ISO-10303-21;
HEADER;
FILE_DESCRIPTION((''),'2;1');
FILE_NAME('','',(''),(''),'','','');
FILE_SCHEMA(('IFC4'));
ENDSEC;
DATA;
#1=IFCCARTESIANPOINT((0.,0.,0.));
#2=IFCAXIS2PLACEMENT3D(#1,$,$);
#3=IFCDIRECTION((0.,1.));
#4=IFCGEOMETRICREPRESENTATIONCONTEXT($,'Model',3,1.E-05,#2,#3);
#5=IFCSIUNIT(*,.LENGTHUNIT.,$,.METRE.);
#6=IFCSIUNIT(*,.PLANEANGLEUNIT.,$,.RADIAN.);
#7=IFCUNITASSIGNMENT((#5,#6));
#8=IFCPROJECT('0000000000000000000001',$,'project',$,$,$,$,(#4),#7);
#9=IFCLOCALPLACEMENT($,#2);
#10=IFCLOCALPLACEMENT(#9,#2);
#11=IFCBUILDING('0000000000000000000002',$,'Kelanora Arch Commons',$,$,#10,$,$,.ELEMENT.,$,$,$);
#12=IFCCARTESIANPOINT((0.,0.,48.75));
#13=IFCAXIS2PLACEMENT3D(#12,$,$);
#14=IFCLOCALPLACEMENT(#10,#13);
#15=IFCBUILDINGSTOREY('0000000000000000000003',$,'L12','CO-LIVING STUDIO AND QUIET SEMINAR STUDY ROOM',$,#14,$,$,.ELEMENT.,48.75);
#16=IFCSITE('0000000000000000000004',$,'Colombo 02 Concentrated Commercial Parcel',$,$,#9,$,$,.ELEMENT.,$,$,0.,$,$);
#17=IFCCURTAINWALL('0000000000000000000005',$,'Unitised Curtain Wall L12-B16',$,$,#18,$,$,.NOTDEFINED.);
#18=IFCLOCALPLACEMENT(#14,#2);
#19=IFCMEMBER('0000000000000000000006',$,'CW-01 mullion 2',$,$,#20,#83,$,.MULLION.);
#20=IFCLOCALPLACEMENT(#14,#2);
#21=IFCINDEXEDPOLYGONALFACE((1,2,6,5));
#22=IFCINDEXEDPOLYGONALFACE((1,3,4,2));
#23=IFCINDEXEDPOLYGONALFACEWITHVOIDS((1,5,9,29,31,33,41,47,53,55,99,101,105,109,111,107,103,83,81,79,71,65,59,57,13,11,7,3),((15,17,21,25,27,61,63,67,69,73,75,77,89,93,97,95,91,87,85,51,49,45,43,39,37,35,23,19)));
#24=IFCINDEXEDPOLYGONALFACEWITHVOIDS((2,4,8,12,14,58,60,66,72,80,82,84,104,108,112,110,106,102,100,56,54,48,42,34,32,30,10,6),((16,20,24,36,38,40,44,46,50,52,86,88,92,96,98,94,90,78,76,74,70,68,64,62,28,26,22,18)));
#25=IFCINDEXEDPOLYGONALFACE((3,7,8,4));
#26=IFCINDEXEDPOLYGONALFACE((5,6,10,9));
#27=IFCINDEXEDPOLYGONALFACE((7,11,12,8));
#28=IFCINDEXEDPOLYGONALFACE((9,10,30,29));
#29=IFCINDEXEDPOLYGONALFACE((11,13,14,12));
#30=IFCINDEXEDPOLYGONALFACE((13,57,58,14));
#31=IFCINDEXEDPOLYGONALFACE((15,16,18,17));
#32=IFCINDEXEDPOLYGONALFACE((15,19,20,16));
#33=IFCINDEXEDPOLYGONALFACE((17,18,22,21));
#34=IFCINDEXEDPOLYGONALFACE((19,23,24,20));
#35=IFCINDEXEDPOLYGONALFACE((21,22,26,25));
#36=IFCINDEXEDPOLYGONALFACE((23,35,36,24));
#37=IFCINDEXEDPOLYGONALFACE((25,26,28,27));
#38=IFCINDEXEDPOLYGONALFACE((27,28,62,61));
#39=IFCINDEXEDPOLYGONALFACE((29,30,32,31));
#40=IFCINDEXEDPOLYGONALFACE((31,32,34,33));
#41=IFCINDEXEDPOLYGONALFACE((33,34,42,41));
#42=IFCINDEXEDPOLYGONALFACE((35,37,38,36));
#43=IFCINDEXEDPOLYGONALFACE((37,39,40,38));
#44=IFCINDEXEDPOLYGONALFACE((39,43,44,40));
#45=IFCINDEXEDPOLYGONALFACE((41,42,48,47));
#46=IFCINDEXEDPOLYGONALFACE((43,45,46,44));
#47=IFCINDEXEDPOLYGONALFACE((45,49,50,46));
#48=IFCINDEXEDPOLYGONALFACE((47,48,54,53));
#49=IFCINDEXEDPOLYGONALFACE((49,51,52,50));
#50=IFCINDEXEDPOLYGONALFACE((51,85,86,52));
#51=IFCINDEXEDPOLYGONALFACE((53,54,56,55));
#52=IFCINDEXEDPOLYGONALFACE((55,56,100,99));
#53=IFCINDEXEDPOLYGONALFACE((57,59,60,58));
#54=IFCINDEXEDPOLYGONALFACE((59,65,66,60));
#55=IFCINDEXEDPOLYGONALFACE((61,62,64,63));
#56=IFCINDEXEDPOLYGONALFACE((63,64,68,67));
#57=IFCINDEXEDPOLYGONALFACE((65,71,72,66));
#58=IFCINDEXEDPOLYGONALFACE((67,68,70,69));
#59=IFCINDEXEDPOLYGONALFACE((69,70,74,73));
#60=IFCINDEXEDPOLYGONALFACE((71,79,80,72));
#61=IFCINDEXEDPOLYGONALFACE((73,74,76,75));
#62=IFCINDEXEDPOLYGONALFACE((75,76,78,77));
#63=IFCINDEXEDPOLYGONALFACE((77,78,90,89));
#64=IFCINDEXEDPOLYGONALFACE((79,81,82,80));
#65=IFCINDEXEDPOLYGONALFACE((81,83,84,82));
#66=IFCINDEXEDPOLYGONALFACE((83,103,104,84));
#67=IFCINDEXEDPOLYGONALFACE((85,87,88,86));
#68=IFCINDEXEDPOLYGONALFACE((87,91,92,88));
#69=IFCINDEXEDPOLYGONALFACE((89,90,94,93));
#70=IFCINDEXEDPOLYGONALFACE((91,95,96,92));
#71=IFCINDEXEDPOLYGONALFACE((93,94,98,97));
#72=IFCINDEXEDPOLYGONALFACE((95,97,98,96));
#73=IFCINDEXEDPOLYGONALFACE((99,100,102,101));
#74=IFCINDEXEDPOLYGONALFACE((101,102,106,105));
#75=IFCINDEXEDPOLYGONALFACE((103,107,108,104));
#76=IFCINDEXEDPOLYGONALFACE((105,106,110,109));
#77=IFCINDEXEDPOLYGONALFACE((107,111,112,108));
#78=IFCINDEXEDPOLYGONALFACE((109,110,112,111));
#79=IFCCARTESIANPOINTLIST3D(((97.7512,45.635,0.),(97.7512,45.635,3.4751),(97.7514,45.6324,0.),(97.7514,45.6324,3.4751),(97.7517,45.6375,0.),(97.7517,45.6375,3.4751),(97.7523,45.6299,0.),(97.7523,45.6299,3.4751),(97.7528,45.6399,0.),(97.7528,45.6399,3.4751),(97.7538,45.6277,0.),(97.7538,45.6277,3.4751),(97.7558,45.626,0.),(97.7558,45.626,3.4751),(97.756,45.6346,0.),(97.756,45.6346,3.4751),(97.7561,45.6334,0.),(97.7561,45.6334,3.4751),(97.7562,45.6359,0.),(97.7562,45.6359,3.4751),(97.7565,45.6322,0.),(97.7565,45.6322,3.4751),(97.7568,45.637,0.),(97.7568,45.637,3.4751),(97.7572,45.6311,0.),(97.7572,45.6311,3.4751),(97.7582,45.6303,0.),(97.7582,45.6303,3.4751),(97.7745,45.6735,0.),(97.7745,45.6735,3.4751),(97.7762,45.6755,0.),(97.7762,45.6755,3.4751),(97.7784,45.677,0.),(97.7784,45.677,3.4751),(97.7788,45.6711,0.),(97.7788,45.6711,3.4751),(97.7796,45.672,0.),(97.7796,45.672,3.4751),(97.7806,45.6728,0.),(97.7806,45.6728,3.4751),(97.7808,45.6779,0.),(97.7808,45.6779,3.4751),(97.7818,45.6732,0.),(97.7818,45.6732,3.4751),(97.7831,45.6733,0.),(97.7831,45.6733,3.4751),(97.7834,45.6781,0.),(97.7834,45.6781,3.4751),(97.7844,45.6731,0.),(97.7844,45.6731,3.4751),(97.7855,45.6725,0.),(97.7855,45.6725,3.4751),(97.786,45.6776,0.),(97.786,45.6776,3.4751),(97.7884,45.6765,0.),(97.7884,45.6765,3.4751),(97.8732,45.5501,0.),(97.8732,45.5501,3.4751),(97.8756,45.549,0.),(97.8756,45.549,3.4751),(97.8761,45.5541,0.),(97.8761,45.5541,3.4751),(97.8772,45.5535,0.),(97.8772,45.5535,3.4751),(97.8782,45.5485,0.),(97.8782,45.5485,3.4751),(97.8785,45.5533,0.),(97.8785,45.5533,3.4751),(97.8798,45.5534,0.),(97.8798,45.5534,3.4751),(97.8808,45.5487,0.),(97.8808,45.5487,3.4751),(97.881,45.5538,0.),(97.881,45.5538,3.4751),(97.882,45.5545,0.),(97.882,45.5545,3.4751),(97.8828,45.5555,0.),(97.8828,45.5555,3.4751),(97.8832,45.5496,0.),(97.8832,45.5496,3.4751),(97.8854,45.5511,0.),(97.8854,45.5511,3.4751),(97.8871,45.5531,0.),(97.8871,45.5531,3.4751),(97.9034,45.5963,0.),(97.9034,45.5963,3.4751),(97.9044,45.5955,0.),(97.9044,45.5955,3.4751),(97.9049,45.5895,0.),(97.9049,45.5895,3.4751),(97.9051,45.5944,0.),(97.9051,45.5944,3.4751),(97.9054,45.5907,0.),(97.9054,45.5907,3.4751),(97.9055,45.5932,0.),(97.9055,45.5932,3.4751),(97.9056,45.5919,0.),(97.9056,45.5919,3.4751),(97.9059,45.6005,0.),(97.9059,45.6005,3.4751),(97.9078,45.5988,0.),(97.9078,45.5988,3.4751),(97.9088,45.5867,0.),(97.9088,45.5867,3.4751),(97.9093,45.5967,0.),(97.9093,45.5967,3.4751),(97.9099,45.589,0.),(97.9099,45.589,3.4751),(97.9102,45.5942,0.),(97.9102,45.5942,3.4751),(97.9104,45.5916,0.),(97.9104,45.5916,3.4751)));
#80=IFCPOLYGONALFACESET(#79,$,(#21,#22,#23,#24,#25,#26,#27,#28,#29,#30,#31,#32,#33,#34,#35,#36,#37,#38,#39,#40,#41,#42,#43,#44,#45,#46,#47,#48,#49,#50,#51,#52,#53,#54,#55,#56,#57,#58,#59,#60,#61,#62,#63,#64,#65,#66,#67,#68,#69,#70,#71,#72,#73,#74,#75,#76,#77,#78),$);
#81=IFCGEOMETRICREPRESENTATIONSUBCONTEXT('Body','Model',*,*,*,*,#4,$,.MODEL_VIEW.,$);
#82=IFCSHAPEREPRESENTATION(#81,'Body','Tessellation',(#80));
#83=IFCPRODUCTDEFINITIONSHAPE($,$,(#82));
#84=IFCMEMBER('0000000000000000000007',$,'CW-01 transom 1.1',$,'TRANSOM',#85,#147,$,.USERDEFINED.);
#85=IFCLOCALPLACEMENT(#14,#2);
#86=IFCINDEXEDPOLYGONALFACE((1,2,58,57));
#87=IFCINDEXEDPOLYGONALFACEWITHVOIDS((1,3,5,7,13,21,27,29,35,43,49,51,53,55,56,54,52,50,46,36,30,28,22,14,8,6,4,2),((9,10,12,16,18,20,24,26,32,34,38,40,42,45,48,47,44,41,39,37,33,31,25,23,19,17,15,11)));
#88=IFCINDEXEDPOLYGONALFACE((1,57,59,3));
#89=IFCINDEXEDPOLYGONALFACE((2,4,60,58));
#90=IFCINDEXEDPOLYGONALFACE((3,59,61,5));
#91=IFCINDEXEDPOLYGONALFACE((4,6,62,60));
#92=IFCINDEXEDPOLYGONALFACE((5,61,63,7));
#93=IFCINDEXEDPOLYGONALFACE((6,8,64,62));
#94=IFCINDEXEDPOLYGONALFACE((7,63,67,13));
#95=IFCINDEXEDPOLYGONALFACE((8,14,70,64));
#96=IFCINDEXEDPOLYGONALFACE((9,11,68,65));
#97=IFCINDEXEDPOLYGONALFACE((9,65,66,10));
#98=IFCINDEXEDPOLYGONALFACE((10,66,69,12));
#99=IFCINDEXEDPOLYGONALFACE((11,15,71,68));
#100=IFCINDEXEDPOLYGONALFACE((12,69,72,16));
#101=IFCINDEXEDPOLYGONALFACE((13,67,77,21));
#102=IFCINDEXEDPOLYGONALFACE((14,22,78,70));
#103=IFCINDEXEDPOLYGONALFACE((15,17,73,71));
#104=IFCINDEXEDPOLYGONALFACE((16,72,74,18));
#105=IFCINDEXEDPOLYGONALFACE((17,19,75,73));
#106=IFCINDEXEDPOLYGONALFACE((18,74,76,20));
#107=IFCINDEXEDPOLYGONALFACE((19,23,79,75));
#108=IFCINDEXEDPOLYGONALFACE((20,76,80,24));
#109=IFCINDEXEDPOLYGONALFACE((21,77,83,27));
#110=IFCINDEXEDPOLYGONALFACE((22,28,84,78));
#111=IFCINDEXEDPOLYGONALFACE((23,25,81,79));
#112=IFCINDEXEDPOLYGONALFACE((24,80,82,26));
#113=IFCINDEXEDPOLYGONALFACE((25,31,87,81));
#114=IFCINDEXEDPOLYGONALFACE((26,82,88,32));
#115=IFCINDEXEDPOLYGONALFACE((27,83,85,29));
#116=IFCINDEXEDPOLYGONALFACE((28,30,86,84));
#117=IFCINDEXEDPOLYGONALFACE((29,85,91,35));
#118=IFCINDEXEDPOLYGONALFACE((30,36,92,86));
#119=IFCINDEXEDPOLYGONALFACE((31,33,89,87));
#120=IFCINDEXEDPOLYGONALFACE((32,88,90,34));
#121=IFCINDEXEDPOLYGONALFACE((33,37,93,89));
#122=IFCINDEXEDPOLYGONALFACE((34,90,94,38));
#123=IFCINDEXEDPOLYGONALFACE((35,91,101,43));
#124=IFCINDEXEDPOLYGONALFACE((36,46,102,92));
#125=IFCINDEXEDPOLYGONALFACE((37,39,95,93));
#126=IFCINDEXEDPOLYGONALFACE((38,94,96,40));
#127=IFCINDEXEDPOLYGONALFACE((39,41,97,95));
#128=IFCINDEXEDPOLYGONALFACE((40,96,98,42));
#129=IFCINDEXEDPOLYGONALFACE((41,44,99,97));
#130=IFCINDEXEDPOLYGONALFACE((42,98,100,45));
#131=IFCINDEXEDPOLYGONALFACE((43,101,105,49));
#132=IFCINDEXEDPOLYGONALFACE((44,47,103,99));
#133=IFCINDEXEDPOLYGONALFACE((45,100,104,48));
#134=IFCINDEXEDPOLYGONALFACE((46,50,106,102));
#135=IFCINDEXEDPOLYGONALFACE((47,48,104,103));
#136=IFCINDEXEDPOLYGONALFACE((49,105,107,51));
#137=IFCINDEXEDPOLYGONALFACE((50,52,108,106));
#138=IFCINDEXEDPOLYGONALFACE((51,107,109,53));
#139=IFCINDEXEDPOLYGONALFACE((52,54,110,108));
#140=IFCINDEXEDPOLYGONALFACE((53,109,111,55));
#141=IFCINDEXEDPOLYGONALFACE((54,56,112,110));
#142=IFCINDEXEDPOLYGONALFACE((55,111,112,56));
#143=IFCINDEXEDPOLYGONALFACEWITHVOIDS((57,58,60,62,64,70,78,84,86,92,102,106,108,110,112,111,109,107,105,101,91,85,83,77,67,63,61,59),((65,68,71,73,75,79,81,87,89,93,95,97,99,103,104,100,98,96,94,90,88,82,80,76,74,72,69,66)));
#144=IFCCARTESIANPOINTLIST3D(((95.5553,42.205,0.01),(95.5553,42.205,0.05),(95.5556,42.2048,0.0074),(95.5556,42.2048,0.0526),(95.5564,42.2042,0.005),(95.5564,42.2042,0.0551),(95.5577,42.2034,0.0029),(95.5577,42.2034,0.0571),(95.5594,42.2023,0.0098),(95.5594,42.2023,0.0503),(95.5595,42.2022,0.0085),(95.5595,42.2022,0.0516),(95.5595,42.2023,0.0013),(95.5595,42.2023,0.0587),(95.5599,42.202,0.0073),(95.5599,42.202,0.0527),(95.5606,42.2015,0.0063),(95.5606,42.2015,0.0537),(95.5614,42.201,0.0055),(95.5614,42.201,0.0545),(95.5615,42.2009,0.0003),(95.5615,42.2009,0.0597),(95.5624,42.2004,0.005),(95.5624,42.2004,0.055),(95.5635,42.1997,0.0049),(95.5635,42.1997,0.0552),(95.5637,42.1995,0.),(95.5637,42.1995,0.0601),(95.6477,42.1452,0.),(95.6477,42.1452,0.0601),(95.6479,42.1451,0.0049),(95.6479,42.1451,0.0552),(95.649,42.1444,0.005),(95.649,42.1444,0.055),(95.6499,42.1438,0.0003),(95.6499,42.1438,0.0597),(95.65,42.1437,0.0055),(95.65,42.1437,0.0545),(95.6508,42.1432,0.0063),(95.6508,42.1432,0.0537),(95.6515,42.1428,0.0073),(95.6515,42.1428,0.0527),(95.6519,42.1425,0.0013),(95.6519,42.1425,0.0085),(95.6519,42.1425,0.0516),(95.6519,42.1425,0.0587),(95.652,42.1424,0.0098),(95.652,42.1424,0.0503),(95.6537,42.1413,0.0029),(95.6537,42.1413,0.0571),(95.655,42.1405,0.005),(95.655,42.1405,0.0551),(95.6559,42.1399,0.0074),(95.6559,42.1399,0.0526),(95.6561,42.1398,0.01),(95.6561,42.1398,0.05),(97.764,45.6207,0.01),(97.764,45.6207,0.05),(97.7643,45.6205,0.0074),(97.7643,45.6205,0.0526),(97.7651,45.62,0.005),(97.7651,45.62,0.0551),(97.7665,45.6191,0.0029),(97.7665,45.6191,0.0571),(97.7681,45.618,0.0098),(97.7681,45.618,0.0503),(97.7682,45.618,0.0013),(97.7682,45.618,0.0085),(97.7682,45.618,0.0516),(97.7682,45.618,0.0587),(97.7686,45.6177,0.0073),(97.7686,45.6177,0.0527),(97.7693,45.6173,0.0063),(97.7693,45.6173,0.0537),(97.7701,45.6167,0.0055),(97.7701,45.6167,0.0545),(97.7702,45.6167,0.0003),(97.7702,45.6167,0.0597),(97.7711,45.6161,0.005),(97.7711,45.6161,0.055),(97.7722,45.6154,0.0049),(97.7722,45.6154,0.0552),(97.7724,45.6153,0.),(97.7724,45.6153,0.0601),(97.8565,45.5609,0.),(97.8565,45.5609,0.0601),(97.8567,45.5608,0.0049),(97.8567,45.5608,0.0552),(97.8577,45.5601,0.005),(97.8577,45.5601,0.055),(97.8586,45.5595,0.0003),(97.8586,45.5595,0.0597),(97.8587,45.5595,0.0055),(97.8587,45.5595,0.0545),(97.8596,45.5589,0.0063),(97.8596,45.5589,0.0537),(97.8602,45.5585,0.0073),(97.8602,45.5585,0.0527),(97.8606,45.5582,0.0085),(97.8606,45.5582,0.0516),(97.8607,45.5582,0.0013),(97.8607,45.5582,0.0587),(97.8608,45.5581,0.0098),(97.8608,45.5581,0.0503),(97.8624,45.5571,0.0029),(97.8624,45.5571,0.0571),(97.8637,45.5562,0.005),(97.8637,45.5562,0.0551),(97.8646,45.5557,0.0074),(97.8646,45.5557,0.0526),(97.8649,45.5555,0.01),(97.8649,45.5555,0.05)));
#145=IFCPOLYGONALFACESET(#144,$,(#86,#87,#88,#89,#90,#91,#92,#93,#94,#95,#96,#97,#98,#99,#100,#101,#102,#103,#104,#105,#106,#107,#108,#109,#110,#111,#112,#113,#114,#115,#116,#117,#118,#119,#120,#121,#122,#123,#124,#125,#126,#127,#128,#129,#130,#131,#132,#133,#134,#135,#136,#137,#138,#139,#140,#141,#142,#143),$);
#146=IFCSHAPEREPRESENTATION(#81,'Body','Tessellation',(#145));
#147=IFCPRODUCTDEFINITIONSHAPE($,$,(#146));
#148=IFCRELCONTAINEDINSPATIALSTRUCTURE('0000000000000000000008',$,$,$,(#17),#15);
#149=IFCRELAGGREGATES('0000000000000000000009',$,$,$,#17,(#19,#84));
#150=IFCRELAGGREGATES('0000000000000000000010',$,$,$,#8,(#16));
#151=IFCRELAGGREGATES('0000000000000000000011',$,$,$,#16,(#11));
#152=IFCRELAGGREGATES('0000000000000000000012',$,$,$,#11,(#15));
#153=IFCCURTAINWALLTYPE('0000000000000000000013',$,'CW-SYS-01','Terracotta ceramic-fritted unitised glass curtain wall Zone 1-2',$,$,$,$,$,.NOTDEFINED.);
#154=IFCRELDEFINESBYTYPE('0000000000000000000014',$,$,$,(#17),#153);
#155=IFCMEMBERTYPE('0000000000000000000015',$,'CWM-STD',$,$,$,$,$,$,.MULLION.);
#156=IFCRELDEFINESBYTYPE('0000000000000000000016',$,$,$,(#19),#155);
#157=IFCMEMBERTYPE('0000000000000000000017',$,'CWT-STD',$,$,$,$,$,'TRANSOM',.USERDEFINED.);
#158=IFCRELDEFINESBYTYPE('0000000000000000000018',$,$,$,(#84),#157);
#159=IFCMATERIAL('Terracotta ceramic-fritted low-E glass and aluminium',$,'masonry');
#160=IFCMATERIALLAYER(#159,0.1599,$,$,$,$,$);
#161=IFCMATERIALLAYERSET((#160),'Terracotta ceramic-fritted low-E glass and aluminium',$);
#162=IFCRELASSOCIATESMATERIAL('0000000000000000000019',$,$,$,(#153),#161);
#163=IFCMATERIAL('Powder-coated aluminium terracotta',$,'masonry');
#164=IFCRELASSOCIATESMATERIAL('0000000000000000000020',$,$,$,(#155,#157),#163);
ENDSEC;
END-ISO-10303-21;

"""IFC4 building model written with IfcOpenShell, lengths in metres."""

from ifc_helpers import new_model, si_unit, direction, frame, origin, origin_2d, place, context, subcontext, project, spatial, hollow_rectangle, extrude, material, layer, layer_set, material_profile, profile_set, type_object, element, aggregate, save


model = new_model("IFC4")

# Units and contexts
model_context = context("Model", 3, precision=1e-05, world=origin(), true_north=direction((0.0, 1.0)))
body_context = subcontext(model_context, "Body", "Model", "MODEL_VIEW")
ifc_project = project(units=[si_unit("LENGTHUNIT", "METRE"), si_unit("PLANEANGLEUNIT", "RADIAN")], contexts=[model_context])

# Site, building, storey
site_placement = place(None, origin())
site = spatial("IfcSite", under=ifc_project, at=site_placement, Name="Colombo 02 Concentrated Commercial Parcel", CompositionType="ELEMENT", RefElevation=0.0)
building_placement = place(site_placement, origin())
building = spatial("IfcBuilding", under=site, at=building_placement, Name="Kelanora Arch Commons", CompositionType="ELEMENT")
storey_placement = place(building_placement, frame((0.0, 0.0, 48.75)))
storey = spatial("IfcBuildingStorey", under=building, at=storey_placement, Name="L12", Description="CO-LIVING STUDIO AND QUIET SEMINAR STUDY ROOM", CompositionType="ELEMENT", Elevation=48.75)

# Shared definitions
ifc_material_1 = material(Name="Terracotta ceramic-fritted low-E glass and aluminium", Category="masonry")
ifc_layer_1 = layer(ifc_material_1, 0.1599)
ifc_layer_set_1 = layer_set([ifc_layer_1], Name="Terracotta ceramic-fritted low-E glass and aluminium")
curtain_wall_type = type_object("IfcCurtainWallType", Name="CW-SYS-01", Description="Terracotta ceramic-fritted unitised glass curtain wall Zone 1-2", PredefinedType="NOTDEFINED", material=ifc_layer_set_1)
ifc_material_2 = material(Name="Powder-coated aluminium terracotta", Category="masonry")
ifc_material_profile_1 = material_profile(ifc_material_2, hollow_rectangle(XDim=0.1599, YDim=0.0601, WallThickness=0.0049, InnerFilletRadius=0.0049, OuterFilletRadius=0.01, at=origin_2d()), Name="CWM160x60")
ifc_profile_set_1 = profile_set([ifc_material_profile_1], Name="Powder-coated aluminium terracotta")
member_type_1 = type_object("IfcMemberType", Name="CWM-STD", PredefinedType="MULLION", material=ifc_profile_set_1)

# Curtain wall, members
curtain_wall_1_placement = place(storey_placement, origin())
curtain_wall_1 = element("IfcCurtainWall", 1, at=curtain_wall_1_placement, inside=storey, type_object=curtain_wall_type, Name="Unitised Curtain Wall L12-B16", PredefinedType="NOTDEFINED")
member_1_placement = place(storey_placement, frame((97.8308, 45.6133, 0.0), z_axis=(0.0, 0.0, 1.0), x_axis=(-0.83973, 0.543004, 0.0)))
member_1 = element("IfcMember", 2, at=member_1_placement, type_object=member_type_1, Name="CW-01 mullion 2", PredefinedType="MULLION", context=body_context, shape_type="SweptSolid", body=[
    extrude(hollow_rectangle(XDim=0.1599, YDim=0.0601, WallThickness=0.0049, InnerFilletRadius=0.0049, OuterFilletRadius=0.01, at=origin_2d()), origin(), (0.0, 0.0, 1.0), 3.4751),
])
ifc_material_profile_2 = material_profile(ifc_material_2, hollow_rectangle(XDim=0.1201, YDim=0.0601, WallThickness=0.0049, InnerFilletRadius=0.0049, OuterFilletRadius=0.01, at=origin_2d()), Name="CWT120x60")
ifc_profile_set_2 = profile_set([ifc_material_profile_2], Name="Powder-coated aluminium terracotta")
member_type_2 = type_object("IfcMemberType", Name="CWT-STD", ElementType="TRANSOM", PredefinedType="USERDEFINED", material=ifc_profile_set_2)
member_2_placement = place(storey_placement, frame((95.6057, 42.1724, 0.03), z_axis=(0.542997, 0.839734, 0.0), x_axis=(-0.839734, 0.542997, 0.0)))
member_2 = element("IfcMember", 3, at=member_2_placement, type_object=member_type_2, Name="CW-01 transom 1.1", ObjectType="TRANSOM", PredefinedType="USERDEFINED", context=body_context, shape_type="SweptSolid", body=[
    extrude(hollow_rectangle(XDim=0.1201, YDim=0.0601, WallThickness=0.0049, InnerFilletRadius=0.0049, OuterFilletRadius=0.01, at=origin_2d()), origin(), (0.0, 0.0, 1.0), 4.0676),
])

aggregate(curtain_wall_1, [member_1, member_2])

save(model, "model.ifc")
